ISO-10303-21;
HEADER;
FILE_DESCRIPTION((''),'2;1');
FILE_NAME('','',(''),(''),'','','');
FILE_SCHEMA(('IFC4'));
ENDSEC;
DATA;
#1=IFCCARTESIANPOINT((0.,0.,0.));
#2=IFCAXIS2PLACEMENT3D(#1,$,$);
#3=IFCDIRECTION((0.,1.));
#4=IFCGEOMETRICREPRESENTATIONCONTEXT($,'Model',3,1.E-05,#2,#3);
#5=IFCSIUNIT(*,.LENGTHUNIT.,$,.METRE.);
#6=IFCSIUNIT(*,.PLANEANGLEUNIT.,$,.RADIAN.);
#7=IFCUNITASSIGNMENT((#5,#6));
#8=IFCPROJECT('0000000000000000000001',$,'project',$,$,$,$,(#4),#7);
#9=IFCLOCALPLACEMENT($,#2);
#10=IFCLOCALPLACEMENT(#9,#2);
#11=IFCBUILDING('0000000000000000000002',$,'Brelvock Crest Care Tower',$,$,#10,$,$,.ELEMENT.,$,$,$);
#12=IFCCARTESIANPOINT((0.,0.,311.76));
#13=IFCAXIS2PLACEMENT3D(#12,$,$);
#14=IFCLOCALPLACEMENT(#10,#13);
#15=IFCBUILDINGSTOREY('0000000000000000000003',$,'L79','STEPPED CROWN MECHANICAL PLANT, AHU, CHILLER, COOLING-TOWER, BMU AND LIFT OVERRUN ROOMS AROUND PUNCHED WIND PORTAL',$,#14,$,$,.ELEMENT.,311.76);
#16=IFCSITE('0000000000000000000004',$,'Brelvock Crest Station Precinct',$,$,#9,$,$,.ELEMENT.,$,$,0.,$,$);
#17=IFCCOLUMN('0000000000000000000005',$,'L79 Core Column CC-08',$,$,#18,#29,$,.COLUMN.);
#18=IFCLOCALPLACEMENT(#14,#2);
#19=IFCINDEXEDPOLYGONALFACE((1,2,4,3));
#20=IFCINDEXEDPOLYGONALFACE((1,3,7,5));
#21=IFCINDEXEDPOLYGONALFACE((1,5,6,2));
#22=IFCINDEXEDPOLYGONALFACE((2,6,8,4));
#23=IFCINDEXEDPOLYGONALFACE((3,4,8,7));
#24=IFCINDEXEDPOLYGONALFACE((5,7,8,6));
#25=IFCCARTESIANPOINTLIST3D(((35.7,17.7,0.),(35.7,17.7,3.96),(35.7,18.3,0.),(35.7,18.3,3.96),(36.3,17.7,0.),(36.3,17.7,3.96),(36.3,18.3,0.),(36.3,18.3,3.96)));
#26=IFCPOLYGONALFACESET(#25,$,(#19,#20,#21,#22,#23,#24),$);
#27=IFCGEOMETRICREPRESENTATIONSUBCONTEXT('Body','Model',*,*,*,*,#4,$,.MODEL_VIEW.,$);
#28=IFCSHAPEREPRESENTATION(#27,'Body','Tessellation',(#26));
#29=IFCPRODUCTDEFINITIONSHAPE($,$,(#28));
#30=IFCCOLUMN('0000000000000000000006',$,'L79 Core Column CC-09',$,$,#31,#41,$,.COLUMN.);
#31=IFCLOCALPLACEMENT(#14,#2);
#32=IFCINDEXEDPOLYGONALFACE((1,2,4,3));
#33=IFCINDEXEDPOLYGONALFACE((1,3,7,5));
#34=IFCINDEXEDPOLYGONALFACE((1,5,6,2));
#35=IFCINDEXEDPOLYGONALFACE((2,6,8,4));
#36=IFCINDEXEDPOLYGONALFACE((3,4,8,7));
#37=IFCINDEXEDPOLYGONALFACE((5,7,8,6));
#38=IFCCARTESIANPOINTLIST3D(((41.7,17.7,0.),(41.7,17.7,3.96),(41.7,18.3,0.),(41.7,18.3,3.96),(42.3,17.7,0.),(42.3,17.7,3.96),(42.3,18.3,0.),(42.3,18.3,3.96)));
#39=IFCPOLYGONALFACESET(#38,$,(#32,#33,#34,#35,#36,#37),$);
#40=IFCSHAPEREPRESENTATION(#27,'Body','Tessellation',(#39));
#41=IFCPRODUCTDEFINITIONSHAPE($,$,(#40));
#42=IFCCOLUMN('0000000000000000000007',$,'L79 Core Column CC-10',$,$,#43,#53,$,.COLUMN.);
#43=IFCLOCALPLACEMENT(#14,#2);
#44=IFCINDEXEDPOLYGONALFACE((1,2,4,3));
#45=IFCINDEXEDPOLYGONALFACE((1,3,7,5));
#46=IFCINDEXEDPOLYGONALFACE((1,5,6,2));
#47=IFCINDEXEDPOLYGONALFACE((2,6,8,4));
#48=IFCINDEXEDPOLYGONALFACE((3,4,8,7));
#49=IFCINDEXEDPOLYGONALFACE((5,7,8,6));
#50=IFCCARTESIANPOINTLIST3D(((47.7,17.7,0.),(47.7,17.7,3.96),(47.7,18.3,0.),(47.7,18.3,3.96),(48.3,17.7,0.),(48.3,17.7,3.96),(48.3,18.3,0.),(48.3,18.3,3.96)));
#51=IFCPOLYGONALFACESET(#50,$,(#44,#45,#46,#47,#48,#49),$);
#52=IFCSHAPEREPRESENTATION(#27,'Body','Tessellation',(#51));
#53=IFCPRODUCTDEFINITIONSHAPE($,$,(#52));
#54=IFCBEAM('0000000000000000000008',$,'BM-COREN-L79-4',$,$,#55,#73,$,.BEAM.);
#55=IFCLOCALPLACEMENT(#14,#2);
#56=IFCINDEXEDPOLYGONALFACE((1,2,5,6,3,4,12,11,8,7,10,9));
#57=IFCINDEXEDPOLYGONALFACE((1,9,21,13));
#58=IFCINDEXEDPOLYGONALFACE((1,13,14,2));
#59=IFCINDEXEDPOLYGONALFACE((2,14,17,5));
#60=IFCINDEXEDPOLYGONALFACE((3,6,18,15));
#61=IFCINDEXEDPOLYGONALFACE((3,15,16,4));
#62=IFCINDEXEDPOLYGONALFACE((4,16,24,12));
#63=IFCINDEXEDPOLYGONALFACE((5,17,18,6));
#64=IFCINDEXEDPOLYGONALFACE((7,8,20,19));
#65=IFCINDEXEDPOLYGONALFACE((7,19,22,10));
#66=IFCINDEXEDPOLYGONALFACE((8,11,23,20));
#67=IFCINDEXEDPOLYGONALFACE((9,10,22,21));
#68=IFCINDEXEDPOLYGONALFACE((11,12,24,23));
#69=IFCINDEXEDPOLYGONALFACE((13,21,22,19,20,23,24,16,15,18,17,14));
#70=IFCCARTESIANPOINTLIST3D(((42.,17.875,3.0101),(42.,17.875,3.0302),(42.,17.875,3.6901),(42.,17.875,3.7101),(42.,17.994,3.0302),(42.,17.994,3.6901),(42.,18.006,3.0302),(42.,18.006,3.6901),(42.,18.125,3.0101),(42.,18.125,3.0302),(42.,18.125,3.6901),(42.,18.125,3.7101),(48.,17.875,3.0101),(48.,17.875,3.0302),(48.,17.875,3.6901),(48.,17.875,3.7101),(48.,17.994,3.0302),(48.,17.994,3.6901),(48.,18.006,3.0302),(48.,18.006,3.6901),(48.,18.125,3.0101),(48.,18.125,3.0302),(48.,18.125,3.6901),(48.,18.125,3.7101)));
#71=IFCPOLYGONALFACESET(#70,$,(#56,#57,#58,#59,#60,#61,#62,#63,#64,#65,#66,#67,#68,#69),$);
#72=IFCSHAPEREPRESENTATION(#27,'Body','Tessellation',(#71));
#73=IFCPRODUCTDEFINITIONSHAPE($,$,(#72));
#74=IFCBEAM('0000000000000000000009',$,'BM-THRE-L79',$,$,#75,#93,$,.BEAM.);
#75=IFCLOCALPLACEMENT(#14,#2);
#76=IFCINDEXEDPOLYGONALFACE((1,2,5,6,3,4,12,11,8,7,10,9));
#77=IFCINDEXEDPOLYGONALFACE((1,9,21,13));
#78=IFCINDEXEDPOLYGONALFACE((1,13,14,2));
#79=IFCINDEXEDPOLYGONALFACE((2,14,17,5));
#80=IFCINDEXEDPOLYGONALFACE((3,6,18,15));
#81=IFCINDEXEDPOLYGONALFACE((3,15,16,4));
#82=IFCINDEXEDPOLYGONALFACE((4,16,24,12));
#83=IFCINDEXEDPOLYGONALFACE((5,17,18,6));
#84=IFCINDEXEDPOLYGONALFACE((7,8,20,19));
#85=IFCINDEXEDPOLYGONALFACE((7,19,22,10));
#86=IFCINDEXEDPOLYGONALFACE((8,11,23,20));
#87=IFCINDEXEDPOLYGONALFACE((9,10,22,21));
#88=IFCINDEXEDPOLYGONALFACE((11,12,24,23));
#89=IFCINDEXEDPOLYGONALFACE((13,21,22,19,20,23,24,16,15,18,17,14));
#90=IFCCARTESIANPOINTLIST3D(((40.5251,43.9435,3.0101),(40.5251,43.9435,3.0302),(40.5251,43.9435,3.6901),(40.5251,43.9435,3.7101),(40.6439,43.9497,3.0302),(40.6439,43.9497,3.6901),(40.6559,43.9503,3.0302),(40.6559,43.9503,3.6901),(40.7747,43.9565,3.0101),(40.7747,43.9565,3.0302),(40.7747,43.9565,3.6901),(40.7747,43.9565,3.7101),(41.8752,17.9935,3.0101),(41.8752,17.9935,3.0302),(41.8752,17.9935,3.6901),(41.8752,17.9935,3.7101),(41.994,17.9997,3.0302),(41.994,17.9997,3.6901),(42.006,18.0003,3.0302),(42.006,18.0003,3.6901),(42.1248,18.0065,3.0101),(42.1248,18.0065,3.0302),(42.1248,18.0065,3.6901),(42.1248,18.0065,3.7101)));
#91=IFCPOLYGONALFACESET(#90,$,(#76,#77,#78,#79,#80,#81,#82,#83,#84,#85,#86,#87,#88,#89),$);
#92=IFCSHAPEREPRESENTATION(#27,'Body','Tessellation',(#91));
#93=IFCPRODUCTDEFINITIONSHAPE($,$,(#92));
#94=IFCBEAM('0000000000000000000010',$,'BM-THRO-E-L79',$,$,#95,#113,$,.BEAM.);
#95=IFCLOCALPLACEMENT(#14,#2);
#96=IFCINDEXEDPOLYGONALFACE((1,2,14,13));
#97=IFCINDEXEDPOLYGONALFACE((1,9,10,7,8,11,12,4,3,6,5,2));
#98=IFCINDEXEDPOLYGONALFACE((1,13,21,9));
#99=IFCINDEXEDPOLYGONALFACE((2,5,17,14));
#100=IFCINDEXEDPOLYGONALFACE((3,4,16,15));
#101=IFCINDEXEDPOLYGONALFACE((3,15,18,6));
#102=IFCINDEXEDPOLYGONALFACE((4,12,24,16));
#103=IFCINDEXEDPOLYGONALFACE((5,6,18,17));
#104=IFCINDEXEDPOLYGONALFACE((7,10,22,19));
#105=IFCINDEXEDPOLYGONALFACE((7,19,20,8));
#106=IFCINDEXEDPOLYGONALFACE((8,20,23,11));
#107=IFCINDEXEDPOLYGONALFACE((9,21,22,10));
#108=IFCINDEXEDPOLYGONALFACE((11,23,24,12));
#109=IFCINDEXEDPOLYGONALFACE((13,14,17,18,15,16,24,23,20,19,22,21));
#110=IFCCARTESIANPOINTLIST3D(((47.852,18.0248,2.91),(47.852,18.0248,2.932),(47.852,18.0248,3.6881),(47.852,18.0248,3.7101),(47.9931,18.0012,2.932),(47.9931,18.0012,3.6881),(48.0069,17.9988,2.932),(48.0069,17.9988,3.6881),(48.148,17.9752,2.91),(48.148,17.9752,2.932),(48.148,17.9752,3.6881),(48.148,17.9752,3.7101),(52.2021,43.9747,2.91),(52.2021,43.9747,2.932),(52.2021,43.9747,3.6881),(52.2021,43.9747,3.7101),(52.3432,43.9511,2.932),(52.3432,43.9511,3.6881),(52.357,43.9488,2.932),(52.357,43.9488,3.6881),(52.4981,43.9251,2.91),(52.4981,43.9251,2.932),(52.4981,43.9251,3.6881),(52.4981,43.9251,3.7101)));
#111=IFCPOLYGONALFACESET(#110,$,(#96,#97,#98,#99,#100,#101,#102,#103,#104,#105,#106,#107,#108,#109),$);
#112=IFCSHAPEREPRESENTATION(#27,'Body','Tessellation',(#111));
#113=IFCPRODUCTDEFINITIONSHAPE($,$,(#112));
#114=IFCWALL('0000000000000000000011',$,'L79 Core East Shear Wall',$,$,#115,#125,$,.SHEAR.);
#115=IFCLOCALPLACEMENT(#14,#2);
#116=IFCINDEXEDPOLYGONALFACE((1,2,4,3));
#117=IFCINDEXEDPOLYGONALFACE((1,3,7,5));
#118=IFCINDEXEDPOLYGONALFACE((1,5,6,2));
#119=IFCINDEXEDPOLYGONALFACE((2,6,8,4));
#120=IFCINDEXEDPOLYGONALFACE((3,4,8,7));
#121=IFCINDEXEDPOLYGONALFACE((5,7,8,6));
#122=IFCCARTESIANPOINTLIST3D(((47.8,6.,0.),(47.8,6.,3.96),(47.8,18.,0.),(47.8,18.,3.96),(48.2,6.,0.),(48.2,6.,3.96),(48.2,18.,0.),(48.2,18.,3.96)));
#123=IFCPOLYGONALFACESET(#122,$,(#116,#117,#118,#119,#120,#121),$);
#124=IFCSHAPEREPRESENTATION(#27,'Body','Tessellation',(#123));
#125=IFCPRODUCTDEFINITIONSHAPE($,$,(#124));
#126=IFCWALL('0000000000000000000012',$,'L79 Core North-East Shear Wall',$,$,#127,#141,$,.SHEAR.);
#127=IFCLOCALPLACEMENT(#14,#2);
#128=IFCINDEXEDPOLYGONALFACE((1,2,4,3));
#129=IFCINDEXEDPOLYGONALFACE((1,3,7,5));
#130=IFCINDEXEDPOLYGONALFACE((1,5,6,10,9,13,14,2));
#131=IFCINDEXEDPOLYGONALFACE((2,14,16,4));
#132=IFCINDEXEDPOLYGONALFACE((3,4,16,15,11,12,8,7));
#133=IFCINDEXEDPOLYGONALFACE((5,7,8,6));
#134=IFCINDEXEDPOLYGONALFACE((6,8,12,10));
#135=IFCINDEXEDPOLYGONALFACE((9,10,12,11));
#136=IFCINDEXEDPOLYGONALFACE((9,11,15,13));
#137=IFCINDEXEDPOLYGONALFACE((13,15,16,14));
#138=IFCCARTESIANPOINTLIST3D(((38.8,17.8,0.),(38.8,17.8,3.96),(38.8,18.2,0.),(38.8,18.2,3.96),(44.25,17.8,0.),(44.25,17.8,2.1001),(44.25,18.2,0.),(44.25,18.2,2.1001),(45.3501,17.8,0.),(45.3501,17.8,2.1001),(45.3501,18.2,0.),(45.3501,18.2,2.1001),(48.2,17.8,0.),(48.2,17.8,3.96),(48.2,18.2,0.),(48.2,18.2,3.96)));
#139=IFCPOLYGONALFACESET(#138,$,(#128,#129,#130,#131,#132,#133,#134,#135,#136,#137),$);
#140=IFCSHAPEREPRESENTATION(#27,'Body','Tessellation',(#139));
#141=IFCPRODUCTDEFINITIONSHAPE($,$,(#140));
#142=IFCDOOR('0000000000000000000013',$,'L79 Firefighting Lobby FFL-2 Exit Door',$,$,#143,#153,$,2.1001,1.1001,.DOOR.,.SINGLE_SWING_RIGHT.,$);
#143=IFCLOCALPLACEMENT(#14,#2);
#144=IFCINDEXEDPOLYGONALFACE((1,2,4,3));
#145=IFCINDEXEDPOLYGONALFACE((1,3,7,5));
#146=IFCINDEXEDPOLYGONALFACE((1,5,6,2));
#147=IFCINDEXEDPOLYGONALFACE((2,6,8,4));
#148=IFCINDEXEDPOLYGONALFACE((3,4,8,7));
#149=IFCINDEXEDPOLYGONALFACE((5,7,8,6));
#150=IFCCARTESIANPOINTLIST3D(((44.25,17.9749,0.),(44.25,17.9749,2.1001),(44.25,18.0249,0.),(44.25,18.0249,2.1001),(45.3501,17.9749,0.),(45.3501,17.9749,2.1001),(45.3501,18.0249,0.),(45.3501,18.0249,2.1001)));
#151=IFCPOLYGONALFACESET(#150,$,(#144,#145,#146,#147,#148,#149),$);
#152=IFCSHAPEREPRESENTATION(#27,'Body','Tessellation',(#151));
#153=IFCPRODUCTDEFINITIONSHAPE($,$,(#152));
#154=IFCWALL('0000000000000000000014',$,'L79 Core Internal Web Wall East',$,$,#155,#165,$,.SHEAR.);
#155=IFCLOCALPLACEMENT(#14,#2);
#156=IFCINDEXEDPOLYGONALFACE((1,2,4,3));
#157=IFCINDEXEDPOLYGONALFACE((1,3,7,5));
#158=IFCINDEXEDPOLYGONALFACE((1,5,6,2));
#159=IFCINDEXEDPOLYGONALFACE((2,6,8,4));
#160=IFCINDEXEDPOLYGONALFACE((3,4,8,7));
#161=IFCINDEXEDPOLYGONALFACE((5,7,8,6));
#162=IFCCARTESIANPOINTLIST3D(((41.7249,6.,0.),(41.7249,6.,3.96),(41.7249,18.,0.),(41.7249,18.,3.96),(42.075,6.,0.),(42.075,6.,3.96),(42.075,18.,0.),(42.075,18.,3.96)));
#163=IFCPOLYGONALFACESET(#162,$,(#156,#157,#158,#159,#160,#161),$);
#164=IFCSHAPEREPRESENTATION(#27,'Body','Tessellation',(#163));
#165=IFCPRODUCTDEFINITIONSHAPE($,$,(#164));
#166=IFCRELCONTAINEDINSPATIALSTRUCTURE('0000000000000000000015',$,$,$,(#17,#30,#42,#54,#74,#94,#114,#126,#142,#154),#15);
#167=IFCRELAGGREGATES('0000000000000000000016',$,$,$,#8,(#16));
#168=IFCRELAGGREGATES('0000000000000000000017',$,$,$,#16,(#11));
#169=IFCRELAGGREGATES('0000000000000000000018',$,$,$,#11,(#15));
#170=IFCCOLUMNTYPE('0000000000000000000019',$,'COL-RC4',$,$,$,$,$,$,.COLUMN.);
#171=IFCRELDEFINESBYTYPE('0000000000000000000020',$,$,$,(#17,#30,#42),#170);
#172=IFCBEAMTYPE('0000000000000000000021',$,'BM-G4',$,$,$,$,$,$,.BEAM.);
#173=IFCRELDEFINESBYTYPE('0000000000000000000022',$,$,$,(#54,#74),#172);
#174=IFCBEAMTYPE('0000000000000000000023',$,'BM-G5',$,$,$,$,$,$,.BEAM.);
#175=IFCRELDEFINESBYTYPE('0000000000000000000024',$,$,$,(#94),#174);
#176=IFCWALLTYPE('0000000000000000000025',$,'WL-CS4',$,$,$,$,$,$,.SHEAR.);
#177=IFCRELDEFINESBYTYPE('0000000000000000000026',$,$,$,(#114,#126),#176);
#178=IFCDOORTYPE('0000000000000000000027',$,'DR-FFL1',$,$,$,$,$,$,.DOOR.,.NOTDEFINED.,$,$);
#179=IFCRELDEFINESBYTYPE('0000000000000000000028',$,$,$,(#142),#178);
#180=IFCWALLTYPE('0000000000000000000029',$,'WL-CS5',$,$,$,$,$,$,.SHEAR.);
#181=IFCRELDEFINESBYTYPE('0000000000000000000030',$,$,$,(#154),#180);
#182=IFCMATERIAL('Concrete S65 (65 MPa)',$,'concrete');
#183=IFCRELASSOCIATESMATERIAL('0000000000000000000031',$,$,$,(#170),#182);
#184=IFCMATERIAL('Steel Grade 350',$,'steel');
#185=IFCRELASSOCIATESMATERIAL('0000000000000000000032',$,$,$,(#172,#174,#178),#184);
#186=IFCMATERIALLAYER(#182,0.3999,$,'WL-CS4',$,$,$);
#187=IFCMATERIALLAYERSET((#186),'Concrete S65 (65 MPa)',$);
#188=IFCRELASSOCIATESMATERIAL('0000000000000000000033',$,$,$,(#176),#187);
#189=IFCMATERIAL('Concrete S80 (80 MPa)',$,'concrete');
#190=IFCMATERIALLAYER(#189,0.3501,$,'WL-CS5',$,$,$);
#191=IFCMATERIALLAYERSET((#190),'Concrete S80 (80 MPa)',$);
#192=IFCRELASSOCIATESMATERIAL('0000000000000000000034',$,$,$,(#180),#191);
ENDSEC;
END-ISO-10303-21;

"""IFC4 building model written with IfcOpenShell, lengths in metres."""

from ifc_helpers import new_model, si_unit, direction, frame, frame_2d, origin, origin_2d, place, context, subcontext, project, spatial, rectangle, i_section, extrude, source, transform, mapped, material, layer, layer_set, material_profile, profile_set, type_object, element, fill, save


model = new_model("IFC4")

# Units and contexts
model_context = context("Model", 3, precision=1e-05, world=origin(), true_north=direction((0.0, 1.0)))
body_context = subcontext(model_context, "Body", "Model", "MODEL_VIEW")
ifc_project = project(units=[si_unit("LENGTHUNIT", "METRE"), si_unit("PLANEANGLEUNIT", "RADIAN")], contexts=[model_context])

# Site, building, storey
site_placement = place(None, origin())
site = spatial("IfcSite", under=ifc_project, at=site_placement, Name="Brelvock Crest Station Precinct", CompositionType="ELEMENT", RefElevation=0.0)
building_placement = place(site_placement, origin())
building = spatial("IfcBuilding", under=site, at=building_placement, Name="Brelvock Crest Care Tower", CompositionType="ELEMENT")
storey_placement = place(building_placement, frame((0.0, 0.0, 311.76)))
storey = spatial("IfcBuildingStorey", under=building, at=storey_placement, Name="L79", Description="STEPPED CROWN MECHANICAL PLANT, AHU, CHILLER, COOLING-TOWER, BMU AND LIFT OVERRUN ROOMS AROUND PUNCHED WIND PORTAL", CompositionType="ELEMENT", Elevation=311.76)

# Columns
ifc_material_1 = material(Name="Concrete S65 (65 MPa)", Category="concrete")
ifc_material_profile_1 = material_profile(ifc_material_1, rectangle(XDim=0.6001, YDim=0.6001, at=origin_2d()), Name="RC600x600")
ifc_profile_set_1 = profile_set([ifc_material_profile_1], Name="Concrete S65 (65 MPa)")
column_type = type_object("IfcColumnType", Name="COL-RC4", PredefinedType="COLUMN", material=ifc_profile_set_1)
shared_shape_1 = source(origin(), body_context, "Body", "SweptSolid", [
    extrude(rectangle(XDim=0.6001, YDim=0.6001, at=origin_2d()), origin(), (0.0, 0.0, 1.0), 3.96),
])
for number, where, z_axis, x_axis, name in (
    (1, (36.0, 18.0, 0.0), (0.0, 0.0, 1.0), (1.0, 0.0, 0.0), "L79 Core Column CC-08"),
    (2, (42.0, 18.0, 0.0), (0.0, 0.0, 1.0), (1.0, 0.0, 0.0), "L79 Core Column CC-09"),
    (3, (48.0, 18.0, 0.0), (0.0, 0.0, 1.0), (1.0, 0.0, 0.0), "L79 Core Column CC-10"),
):
    element("IfcColumn", number, at=place(storey_placement, frame(where, z_axis=z_axis, x_axis=x_axis)), inside=storey, type_object=column_type, Name=name, PredefinedType="COLUMN", context=body_context, shape_type="MappedRepresentation", body=[
        mapped(shared_shape_1, transform((0.0, 0.0, 0.0), x_axis=(1.0, 0.0, 0.0), y_axis=(0.0, 1.0, 0.0), z_axis=(0.0, 0.0, 1.0), scale=1.0)),
    ])

# Beams
ifc_material_2 = material(Name="Steel Grade 350", Category="steel")
ifc_material_profile_2 = material_profile(ifc_material_2, i_section(OverallWidth=0.25, OverallDepth=0.7, WebThickness=0.012, FlangeThickness=0.02, at=origin_2d()), Name="700WB150")
ifc_profile_set_2 = profile_set([ifc_material_profile_2], Name="Steel Grade 350")
beam_type_1 = type_object("IfcBeamType", Name="BM-G4", PredefinedType="BEAM", material=ifc_profile_set_2)
shared_shape_2 = source(origin(), body_context, "Body", "SweptSolid", [
    extrude(i_section(OverallWidth=0.25, OverallDepth=0.7, WebThickness=0.012, FlangeThickness=0.02, at=origin_2d()), origin(), (0.0, 0.0, 1.0), 6.0),
])
beam_1_placement = place(storey_placement, frame((42.0, 18.0, 3.3601), z_axis=(1.0, 0.0, 0.0), x_axis=(0.0, 1.0, 0.0)))
element("IfcBeam", 4, at=beam_1_placement, inside=storey, type_object=beam_type_1, Name="BM-COREN-L79-4", PredefinedType="BEAM", context=body_context, shape_type="MappedRepresentation", body=[
    mapped(shared_shape_2, transform((0.0, 0.0, 0.0), x_axis=(1.0, 0.0, 0.0), y_axis=(0.0, 1.0, 0.0), z_axis=(0.0, 0.0, 1.0), scale=1.0)),
])
shared_shape_3 = source(origin(), body_context, "Body", "SweptSolid", [
    extrude(i_section(OverallWidth=0.25, OverallDepth=0.7, WebThickness=0.012, FlangeThickness=0.02, at=origin_2d()), origin(), (0.0, 0.0, 1.0), 25.9851),
])
beam_2_placement = place(storey_placement, frame((42.0, 18.0, 3.3601), z_axis=(-0.051957, 0.998649, 0.0), x_axis=(-0.998649, -0.051957, 0.0)))
element("IfcBeam", 5, at=beam_2_placement, inside=storey, type_object=beam_type_1, Name="BM-THRE-L79", PredefinedType="BEAM", context=body_context, shape_type="MappedRepresentation", body=[
    mapped(shared_shape_3, transform((0.0, 0.0, 0.0), x_axis=(1.0, 0.0, 0.0), y_axis=(0.0, 1.0, 0.0), z_axis=(0.0, 0.0, 1.0), scale=1.0)),
])
ifc_material_profile_3 = material_profile(ifc_material_2, i_section(OverallWidth=0.3, OverallDepth=0.8, WebThickness=0.0139, FlangeThickness=0.022, at=origin_2d()), Name="800WB192")
ifc_profile_set_3 = profile_set([ifc_material_profile_3], Name="Steel Grade 350")
beam_type_2 = type_object("IfcBeamType", Name="BM-G5", PredefinedType="BEAM", material=ifc_profile_set_3)
shared_shape_4 = source(origin(), body_context, "Body", "SweptSolid", [
    extrude(i_section(OverallWidth=0.3, OverallDepth=0.8, WebThickness=0.0139, FlangeThickness=0.022, at=origin_2d()), origin(), (0.0, 0.0, 1.0), 26.312),
])
beam_3_placement = place(storey_placement, frame((48.0, 18.0, 3.3101), z_axis=(0.165327, 0.986239, 0.0), x_axis=(-0.986239, 0.165327, 0.0)))
element("IfcBeam", 6, at=beam_3_placement, inside=storey, type_object=beam_type_2, Name="BM-THRO-E-L79", PredefinedType="BEAM", context=body_context, shape_type="MappedRepresentation", body=[
    mapped(shared_shape_4, transform((0.0, 0.0, 0.0), x_axis=(1.0, 0.0, 0.0), y_axis=(0.0, 1.0, 0.0), z_axis=(0.0, 0.0, 1.0), scale=1.0)),
])

# Wall
ifc_layer_1 = layer(ifc_material_1, 0.3999, Name="WL-CS4")
ifc_layer_set_1 = layer_set([ifc_layer_1], Name="Concrete S65 (65 MPa)")
wall_type_1 = type_object("IfcWallType", Name="WL-CS4", PredefinedType="SHEAR", material=ifc_layer_set_1)
wall_1_placement = place(storey_placement, frame((48.0, 18.0, 0.0), z_axis=(0.0, 0.0, 1.0), x_axis=(0.0, -1.0, 0.0)))
element("IfcWall", 7, at=wall_1_placement, inside=storey, type_object=wall_type_1, Name="L79 Core East Shear Wall", PredefinedType="SHEAR", context=body_context, shape_type="SweptSolid", body=[
    extrude(rectangle(XDim=12.0, YDim=0.3999, at=frame_2d((6.0, 0.0))), origin(), (0.0, 0.0, 1.0), 3.96),
])

# Wall, opening, door
wall_2_placement = place(storey_placement, frame((38.8, 18.0, 0.0), z_axis=(0.0, 0.0, 1.0), x_axis=(1.0, 0.0, 0.0)))
wall_2 = element("IfcWall", 8, at=wall_2_placement, inside=storey, type_object=wall_type_1, Name="L79 Core North-East Shear Wall", PredefinedType="SHEAR", context=body_context, shape_type="SweptSolid", body=[
    extrude(rectangle(XDim=9.3999, YDim=0.3999, at=frame_2d((4.7, 0.0))), origin(), (0.0, 0.0, 1.0), 3.96),
])
opening_1_placement = place(wall_2_placement, frame((5.45, 0.0, 0.0)))
opening_1 = element("IfcOpeningElement", 9, at=opening_1_placement, cuts=wall_2, PredefinedType="OPENING", context=body_context, shape_type="SweptSolid", body=[
    extrude(rectangle(XDim=1.1001, YDim=2.1001, at=origin_2d()), frame((0.55, 0.21, 1.05), z_axis=(0.0, -1.0, 0.0), x_axis=(1.0, 0.0, 0.0)), (0.0, 0.0, 1.0), 0.4199),
])
door_type_1 = type_object("IfcDoorType", Name="DR-FFL1", OperationType="NOTDEFINED", PredefinedType="DOOR", material=ifc_material_2)
shared_shape_5 = source(origin(), body_context, "Body", "SweptSolid", [
    extrude(rectangle(XDim=1.1001, YDim=2.1001, at=origin_2d()), frame((0.55, 0.0249, 1.05), z_axis=(0.0, -1.0, 0.0), x_axis=(1.0, 0.0, 0.0)), (0.0, 0.0, 1.0), 0.05),
])
door_1_placement = place(opening_1_placement, origin())
door_1 = element("IfcDoor", 10, at=door_1_placement, inside=storey, type_object=door_type_1, Name="L79 Firefighting Lobby FFL-2 Exit Door", OperationType="SINGLE_SWING_RIGHT", OverallHeight=2.1001, OverallWidth=1.1001, PredefinedType="DOOR", context=body_context, shape_type="MappedRepresentation", body=[
    mapped(shared_shape_5, transform((0.0, 0.0, 0.0), x_axis=(1.0, 0.0, 0.0), y_axis=(0.0, 1.0, 0.0), z_axis=(0.0, 0.0, 1.0), scale=1.0)),
])
fill(opening_1, door_1)

# Wall
ifc_material_3 = material(Name="Concrete S80 (80 MPa)", Category="concrete")
ifc_layer_2 = layer(ifc_material_3, 0.3501, Name="WL-CS5")
ifc_layer_set_2 = layer_set([ifc_layer_2], Name="Concrete S80 (80 MPa)")
wall_type_2 = type_object("IfcWallType", Name="WL-CS5", PredefinedType="SHEAR", material=ifc_layer_set_2)
wall_3_placement = place(storey_placement, frame((41.8999, 18.0, 0.0), z_axis=(0.0, 0.0, 1.0), x_axis=(0.0, -1.0, 0.0)))
element("IfcWall", 11, at=wall_3_placement, inside=storey, type_object=wall_type_2, Name="L79 Core Internal Web Wall East", PredefinedType="SHEAR", context=body_context, shape_type="SweptSolid", body=[
    extrude(rectangle(XDim=12.0, YDim=0.3501, at=frame_2d((6.0, 0.0))), origin(), (0.0, 0.0, 1.0), 3.96),
])

save(model, "model.ifc")
